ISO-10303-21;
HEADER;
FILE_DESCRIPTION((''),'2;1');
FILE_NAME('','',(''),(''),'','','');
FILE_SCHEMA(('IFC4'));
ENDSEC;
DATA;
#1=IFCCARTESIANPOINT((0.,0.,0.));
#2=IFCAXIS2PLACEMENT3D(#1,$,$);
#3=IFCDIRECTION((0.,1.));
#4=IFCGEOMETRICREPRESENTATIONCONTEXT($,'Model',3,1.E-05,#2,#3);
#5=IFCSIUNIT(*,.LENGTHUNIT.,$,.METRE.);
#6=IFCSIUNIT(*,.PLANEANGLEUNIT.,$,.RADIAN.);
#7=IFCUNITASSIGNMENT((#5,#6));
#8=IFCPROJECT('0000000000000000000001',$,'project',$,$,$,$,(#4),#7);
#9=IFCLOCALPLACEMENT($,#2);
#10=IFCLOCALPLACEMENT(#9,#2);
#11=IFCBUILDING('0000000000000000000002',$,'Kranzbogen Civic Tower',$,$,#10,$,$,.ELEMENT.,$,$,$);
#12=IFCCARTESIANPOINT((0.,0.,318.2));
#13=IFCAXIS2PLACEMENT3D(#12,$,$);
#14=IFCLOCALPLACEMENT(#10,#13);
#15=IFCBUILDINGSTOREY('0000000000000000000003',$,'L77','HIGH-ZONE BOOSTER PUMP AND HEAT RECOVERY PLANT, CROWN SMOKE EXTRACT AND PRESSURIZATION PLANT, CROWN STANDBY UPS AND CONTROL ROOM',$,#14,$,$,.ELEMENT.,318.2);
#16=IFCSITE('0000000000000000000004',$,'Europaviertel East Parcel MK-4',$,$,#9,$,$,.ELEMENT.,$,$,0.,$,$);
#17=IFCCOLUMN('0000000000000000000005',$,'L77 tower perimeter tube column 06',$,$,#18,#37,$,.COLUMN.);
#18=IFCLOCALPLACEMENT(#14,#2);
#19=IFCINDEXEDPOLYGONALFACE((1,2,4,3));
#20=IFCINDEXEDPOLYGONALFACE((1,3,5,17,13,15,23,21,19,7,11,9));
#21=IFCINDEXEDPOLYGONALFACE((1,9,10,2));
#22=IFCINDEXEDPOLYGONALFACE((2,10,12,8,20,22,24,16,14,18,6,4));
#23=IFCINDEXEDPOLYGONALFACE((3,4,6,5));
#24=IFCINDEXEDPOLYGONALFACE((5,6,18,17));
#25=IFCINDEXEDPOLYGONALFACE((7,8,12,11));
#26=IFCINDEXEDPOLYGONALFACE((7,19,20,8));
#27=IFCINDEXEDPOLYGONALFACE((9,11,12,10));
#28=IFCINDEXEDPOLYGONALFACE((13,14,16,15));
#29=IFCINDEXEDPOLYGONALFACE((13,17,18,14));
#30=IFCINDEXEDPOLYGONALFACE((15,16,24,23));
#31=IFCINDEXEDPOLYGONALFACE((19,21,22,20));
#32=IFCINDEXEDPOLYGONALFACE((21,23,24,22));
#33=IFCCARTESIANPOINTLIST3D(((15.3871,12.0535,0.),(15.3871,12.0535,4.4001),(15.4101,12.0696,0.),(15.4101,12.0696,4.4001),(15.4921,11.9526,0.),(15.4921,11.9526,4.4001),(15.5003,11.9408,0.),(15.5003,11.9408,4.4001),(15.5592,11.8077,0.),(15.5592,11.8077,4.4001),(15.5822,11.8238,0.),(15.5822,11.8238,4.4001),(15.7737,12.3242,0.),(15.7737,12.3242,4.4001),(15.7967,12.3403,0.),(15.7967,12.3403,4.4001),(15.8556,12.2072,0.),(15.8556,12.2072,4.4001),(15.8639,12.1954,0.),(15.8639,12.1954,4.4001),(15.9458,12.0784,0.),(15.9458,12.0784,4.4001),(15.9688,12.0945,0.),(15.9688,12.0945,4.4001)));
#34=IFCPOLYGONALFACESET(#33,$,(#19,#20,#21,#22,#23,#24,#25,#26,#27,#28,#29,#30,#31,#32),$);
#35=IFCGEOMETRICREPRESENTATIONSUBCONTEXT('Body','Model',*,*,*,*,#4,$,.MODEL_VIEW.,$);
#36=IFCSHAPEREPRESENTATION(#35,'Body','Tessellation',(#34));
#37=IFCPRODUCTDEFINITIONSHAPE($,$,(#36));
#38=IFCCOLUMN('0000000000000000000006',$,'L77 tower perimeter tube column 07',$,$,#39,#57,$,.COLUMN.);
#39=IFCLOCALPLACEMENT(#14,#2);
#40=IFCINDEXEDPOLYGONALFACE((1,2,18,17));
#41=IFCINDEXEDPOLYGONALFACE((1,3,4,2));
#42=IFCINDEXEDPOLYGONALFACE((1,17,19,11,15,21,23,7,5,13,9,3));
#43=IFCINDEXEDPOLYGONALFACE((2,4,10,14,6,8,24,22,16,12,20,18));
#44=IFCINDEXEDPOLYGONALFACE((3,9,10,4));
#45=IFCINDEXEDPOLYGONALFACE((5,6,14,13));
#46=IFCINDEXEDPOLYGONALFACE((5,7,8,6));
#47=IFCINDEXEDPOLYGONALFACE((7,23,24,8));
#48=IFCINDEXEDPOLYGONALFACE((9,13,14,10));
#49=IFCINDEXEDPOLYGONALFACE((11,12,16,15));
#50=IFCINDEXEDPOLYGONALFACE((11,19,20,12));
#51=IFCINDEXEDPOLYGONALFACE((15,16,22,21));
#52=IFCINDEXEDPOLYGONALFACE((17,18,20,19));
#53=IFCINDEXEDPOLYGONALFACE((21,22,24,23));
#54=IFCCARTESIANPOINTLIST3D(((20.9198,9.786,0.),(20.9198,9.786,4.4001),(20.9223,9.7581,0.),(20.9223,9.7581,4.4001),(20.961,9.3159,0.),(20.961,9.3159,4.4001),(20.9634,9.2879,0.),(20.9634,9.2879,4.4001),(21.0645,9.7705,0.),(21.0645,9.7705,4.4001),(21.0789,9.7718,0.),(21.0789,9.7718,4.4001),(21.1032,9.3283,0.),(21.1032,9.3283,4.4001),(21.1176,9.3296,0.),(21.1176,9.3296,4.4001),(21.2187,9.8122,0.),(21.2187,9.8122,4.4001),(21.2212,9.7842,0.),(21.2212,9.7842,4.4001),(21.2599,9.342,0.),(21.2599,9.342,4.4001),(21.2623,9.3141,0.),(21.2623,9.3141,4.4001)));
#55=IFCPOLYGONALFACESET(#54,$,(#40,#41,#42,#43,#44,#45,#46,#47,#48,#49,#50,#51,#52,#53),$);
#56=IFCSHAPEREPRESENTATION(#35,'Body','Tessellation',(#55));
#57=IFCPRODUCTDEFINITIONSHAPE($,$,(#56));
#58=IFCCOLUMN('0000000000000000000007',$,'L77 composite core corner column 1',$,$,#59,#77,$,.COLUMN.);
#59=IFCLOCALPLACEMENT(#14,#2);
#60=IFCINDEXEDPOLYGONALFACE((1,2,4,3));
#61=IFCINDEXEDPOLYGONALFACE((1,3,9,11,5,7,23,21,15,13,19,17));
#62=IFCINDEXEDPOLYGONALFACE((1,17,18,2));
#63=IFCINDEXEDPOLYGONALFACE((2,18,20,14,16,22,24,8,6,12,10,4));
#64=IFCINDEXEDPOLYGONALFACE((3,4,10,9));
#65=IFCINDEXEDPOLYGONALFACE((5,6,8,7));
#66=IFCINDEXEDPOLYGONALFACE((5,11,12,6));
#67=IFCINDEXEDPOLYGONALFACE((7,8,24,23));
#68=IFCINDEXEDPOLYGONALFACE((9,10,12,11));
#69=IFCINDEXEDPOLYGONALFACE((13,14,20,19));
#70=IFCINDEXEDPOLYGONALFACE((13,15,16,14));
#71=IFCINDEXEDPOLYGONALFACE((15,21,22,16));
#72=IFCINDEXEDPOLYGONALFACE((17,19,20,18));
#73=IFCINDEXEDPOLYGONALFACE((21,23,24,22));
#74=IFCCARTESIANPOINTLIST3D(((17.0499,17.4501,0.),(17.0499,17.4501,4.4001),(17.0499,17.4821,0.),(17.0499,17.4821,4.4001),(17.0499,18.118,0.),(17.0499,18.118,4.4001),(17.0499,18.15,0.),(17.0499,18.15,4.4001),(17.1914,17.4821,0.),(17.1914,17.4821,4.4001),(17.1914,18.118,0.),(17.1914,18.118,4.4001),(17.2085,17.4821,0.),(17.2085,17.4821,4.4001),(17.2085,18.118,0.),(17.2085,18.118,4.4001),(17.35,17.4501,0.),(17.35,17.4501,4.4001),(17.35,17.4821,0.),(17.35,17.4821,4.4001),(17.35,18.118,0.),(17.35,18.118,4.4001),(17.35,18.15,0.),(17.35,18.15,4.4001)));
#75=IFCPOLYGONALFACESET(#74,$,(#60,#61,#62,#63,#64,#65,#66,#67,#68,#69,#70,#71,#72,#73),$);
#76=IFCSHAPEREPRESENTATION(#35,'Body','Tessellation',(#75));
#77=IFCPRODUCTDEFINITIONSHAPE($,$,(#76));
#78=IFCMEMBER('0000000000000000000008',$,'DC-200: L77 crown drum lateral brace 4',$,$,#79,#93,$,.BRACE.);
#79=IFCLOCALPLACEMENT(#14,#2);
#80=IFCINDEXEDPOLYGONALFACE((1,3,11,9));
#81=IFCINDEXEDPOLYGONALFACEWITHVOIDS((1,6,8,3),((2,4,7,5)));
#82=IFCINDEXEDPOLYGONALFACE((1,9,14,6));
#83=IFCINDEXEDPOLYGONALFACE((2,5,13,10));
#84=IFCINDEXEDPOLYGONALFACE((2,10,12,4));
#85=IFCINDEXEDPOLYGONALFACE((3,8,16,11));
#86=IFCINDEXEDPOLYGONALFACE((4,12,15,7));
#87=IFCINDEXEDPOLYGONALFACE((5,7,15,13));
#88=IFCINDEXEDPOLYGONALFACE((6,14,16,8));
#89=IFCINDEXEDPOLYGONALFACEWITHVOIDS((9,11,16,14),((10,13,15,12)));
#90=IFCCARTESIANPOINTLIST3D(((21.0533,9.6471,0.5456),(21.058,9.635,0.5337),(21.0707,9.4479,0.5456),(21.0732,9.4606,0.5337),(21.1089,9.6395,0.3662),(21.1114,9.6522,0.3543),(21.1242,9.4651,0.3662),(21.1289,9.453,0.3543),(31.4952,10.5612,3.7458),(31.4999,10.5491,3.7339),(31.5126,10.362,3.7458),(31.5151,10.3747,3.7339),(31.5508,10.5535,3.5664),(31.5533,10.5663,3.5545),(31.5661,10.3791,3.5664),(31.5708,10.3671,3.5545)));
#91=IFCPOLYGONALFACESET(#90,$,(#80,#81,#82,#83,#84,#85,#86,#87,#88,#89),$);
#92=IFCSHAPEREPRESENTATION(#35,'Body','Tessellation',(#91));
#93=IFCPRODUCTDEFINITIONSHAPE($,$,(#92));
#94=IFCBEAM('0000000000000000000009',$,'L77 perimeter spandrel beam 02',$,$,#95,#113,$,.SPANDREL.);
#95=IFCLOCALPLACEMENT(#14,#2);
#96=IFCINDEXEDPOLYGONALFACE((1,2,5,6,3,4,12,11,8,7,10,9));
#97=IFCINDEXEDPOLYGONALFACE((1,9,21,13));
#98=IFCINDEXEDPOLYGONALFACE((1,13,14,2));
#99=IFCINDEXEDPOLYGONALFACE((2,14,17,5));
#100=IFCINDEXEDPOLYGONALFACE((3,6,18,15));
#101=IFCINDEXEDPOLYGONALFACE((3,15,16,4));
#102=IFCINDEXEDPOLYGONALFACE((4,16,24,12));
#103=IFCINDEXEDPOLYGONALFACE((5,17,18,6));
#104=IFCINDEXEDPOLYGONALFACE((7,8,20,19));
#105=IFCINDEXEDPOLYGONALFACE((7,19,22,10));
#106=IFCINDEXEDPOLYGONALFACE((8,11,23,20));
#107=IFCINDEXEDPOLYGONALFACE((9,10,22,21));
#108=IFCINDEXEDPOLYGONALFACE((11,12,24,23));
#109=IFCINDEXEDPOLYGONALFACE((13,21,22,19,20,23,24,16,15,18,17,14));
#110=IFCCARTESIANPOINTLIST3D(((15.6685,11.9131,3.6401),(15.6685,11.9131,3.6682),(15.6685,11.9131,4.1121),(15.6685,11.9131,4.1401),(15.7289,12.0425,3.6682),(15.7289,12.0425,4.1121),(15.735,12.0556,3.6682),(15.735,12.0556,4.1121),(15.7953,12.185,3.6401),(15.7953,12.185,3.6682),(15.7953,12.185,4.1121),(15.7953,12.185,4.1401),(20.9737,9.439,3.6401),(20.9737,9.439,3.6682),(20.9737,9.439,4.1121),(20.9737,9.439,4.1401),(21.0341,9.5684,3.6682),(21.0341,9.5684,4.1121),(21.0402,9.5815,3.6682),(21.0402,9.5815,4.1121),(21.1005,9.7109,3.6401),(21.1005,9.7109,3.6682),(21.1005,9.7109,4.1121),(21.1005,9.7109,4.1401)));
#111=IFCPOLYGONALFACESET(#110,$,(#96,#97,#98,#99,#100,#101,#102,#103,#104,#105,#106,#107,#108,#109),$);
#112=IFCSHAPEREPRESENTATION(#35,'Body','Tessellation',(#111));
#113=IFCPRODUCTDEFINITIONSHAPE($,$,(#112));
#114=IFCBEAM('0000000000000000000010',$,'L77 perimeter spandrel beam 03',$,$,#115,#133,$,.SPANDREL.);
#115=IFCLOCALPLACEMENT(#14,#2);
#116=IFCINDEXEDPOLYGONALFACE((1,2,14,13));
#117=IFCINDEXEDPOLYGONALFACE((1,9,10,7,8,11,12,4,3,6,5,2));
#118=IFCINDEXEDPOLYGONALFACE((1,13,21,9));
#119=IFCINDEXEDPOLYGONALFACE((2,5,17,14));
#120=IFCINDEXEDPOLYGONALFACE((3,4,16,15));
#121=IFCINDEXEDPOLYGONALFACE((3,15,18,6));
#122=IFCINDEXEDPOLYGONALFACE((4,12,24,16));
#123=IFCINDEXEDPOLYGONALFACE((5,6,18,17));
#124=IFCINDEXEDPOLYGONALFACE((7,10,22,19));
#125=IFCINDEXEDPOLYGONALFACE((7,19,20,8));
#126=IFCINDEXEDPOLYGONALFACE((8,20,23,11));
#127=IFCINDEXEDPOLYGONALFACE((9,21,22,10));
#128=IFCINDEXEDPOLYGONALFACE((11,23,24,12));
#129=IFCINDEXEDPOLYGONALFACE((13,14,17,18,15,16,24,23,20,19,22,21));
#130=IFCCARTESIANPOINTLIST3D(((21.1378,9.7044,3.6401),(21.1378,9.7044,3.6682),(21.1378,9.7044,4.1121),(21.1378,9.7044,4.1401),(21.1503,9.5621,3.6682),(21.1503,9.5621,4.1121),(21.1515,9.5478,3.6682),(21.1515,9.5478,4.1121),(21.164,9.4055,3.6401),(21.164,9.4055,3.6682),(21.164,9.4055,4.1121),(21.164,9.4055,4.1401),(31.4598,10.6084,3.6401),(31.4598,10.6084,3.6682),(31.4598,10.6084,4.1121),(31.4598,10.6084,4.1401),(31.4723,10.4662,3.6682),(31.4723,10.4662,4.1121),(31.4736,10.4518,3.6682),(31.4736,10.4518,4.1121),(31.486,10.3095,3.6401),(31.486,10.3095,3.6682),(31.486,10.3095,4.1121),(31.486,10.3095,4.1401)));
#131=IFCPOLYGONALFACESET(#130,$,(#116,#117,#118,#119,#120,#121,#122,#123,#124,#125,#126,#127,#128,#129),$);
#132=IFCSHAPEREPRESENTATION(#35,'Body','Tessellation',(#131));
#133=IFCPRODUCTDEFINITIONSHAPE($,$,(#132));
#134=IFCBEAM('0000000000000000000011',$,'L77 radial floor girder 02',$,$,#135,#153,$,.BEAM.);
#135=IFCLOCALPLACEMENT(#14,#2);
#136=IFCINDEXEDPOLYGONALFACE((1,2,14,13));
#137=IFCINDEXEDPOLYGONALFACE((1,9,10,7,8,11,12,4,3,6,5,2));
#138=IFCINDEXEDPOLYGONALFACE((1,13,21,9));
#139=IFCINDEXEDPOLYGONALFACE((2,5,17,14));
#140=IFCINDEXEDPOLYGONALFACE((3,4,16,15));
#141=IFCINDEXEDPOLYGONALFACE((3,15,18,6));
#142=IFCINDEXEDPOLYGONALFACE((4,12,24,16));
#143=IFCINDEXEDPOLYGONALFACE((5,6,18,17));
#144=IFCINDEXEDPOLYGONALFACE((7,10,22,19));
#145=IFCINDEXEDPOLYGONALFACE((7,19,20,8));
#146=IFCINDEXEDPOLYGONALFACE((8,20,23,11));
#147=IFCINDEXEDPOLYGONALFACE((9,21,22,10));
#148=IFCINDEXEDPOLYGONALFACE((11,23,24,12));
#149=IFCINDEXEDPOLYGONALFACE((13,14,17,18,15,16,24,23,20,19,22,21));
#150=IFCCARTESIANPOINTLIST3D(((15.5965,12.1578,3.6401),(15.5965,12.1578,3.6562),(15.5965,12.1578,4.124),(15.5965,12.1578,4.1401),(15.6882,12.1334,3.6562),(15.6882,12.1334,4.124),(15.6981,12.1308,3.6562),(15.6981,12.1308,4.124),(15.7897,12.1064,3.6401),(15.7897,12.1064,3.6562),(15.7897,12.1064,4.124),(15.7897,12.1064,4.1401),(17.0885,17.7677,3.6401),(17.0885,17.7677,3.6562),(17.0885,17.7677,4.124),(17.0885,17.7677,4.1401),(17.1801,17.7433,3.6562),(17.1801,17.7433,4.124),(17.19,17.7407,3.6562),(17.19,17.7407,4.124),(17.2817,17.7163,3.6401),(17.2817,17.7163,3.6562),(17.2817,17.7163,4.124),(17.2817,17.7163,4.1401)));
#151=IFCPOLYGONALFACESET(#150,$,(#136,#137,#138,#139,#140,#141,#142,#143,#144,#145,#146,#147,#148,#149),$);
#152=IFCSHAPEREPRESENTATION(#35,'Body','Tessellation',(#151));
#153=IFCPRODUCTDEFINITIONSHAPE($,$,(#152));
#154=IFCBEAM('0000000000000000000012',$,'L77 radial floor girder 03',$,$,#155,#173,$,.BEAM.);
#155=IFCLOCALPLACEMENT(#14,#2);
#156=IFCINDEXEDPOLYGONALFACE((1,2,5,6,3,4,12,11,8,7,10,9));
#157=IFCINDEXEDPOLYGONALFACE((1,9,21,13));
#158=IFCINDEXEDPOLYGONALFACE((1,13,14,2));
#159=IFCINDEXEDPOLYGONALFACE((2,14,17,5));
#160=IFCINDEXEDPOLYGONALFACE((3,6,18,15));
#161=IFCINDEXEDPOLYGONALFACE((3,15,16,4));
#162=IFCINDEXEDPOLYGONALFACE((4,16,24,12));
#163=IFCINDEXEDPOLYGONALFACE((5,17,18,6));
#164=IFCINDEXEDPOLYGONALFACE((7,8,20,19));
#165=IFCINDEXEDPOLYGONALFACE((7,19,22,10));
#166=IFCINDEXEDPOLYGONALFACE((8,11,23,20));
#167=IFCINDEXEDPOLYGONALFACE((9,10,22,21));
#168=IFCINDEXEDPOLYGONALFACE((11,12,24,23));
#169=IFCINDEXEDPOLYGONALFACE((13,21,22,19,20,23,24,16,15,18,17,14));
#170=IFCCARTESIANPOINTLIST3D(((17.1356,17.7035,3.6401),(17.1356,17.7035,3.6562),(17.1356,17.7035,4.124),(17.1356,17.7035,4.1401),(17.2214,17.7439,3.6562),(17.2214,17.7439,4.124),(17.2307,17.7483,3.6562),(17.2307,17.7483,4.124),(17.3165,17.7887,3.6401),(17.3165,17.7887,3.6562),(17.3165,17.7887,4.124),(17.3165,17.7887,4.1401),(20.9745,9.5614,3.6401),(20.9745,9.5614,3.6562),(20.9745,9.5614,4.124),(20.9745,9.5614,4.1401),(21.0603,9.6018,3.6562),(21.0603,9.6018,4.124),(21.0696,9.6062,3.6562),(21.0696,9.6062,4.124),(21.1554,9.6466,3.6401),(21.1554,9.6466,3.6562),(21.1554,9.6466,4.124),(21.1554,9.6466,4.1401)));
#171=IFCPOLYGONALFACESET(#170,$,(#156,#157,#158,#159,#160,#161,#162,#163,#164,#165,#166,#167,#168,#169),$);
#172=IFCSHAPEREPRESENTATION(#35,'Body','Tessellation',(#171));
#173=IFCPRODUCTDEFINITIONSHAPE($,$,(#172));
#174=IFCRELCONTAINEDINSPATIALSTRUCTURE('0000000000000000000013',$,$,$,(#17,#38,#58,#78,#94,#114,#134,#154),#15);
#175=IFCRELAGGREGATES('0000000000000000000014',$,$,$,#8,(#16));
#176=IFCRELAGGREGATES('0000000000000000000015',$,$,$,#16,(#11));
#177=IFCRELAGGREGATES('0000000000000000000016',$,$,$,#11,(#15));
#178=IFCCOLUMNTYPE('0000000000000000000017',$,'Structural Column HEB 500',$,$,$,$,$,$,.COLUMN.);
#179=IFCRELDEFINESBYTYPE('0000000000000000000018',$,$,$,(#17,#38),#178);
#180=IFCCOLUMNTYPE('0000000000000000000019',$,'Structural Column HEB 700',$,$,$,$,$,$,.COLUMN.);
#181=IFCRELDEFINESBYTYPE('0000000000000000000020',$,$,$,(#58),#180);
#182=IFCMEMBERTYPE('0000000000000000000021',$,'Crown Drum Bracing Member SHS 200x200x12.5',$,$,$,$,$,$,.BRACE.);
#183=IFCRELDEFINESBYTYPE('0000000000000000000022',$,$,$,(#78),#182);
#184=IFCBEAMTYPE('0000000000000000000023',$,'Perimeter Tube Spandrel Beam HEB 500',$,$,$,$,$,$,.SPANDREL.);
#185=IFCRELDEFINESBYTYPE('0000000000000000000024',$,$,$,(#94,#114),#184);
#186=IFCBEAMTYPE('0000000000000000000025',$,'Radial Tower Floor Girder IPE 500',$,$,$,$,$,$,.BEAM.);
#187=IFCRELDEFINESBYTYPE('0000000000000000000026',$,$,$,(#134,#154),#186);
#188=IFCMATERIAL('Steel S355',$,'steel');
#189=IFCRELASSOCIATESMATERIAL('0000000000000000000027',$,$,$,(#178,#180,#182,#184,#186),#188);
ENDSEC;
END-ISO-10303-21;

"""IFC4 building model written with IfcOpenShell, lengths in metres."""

from ifc_helpers import new_model, si_unit, direction, frame, origin, origin_2d, place, context, subcontext, project, spatial, hollow_rectangle, i_section, extrude, material, material_profile, profile_set, type_object, element, save


model = new_model("IFC4")

# Units and contexts
model_context = context("Model", 3, precision=1e-05, world=origin(), true_north=direction((0.0, 1.0)))
body_context = subcontext(model_context, "Body", "Model", "MODEL_VIEW")
ifc_project = project(units=[si_unit("LENGTHUNIT", "METRE"), si_unit("PLANEANGLEUNIT", "RADIAN")], contexts=[model_context])

# Site, building, storey
site_placement = place(None, origin())
site = spatial("IfcSite", under=ifc_project, at=site_placement, Name="Europaviertel East Parcel MK-4", CompositionType="ELEMENT", RefElevation=0.0)
building_placement = place(site_placement, origin())
building = spatial("IfcBuilding", under=site, at=building_placement, Name="Kranzbogen Civic Tower", CompositionType="ELEMENT")
storey_placement = place(building_placement, frame((0.0, 0.0, 318.2)))
storey = spatial("IfcBuildingStorey", under=building, at=storey_placement, Name="L77", Description="HIGH-ZONE BOOSTER PUMP AND HEAT RECOVERY PLANT, CROWN SMOKE EXTRACT AND PRESSURIZATION PLANT, CROWN STANDBY UPS AND CONTROL ROOM", CompositionType="ELEMENT", Elevation=318.2)

# Columns
ifc_material_1 = material(Name="Steel S355", Category="steel")
ifc_material_profile_1 = material_profile(ifc_material_1, i_section(OverallWidth=0.3, OverallDepth=0.5, WebThickness=0.0144, FlangeThickness=0.0281, at=origin_2d()), Name="HEB 500")
ifc_profile_set_1 = profile_set([ifc_material_profile_1], Name="Steel S355")
column_type_1 = type_object("IfcColumnType", Name="Structural Column HEB 500", PredefinedType="COLUMN", material=ifc_profile_set_1)
for number, where, z_axis, x_axis, name in (
    (1, (15.678, 12.074, 0.0), (0.0, 0.0, 1.0), (-0.573576, 0.819152, 0.0), "L77 tower perimeter tube column 06"),
    (2, (21.0911, 9.55, 0.0), (0.0, 0.0, 1.0), (0.996195, 0.087156, 0.0), "L77 tower perimeter tube column 07"),
):
    element("IfcColumn", number, at=place(storey_placement, frame(where, z_axis=z_axis, x_axis=x_axis)), inside=storey, type_object=column_type_1, Name=name, PredefinedType="COLUMN", context=body_context, shape_type="SweptSolid", body=[
        extrude(i_section(OverallWidth=0.3, OverallDepth=0.5, WebThickness=0.0144, FlangeThickness=0.0281, at=origin_2d()), origin(), (0.0, 0.0, 1.0), 4.4001),
    ])
ifc_material_profile_2 = material_profile(ifc_material_1, i_section(OverallWidth=0.3, OverallDepth=0.7, WebThickness=0.0171, FlangeThickness=0.032, at=origin_2d()), Name="HEB 700")
ifc_profile_set_2 = profile_set([ifc_material_profile_2], Name="Steel S355")
column_type_2 = type_object("IfcColumnType", Name="Structural Column HEB 700", PredefinedType="COLUMN", material=ifc_profile_set_2)
column_placement = place(storey_placement, frame((17.2, 17.8, 0.0), z_axis=(0.0, 0.0, 1.0), x_axis=(1.0, 0.0, 0.0)))
element("IfcColumn", 3, at=column_placement, inside=storey, type_object=column_type_2, Name="L77 composite core corner column 1", PredefinedType="COLUMN", context=body_context, shape_type="SweptSolid", body=[
    extrude(i_section(OverallWidth=0.3, OverallDepth=0.7, WebThickness=0.0171, FlangeThickness=0.032, at=origin_2d()), origin(), (0.0, 0.0, 1.0), 4.4001),
])

# Member
ifc_material_profile_3 = material_profile(ifc_material_1, hollow_rectangle(XDim=0.2, YDim=0.2, WallThickness=0.0125, at=origin_2d()), Name="SHS 200x200x12.5")
ifc_profile_set_3 = profile_set([ifc_material_profile_3], Name="Steel S355")
member_type = type_object("IfcMemberType", Name="Crown Drum Bracing Member SHS 200x200x12.5", PredefinedType="BRACE", material=ifc_profile_set_3)
member_placement = place(storey_placement, frame((21.0911, 9.55, 0.45), z_axis=(0.952774, 0.083404, 0.292003), x_axis=(-0.087205, 0.99619, 0.0)))
element("IfcMember", 4, at=member_placement, inside=storey, type_object=member_type, Name="DC-200: L77 crown drum lateral brace 4", PredefinedType="BRACE", context=body_context, shape_type="SweptSolid", body=[
    extrude(hollow_rectangle(XDim=0.2, YDim=0.2, WallThickness=0.0125, at=origin_2d()), origin(), (0.0, 0.0, 1.0), 10.9595),
])

# Beams
ifc_material_profile_4 = material_profile(ifc_material_1, i_section(OverallWidth=0.3, OverallDepth=0.5, WebThickness=0.0144, FlangeThickness=0.0281, at=origin_2d()), Name="HEB 500")
ifc_profile_set_4 = profile_set([ifc_material_profile_4], Name="Steel S355")
beam_type_1 = type_object("IfcBeamType", Name="Perimeter Tube Spandrel Beam HEB 500", PredefinedType="SPANDREL", material=ifc_profile_set_4)
beam_1_placement = place(storey_placement, frame((15.7319, 12.0491, 3.8901), z_axis=(0.90629, -0.422657, 0.0), x_axis=(0.422657, 0.90629, 0.0)))
element("IfcBeam", 5, at=beam_1_placement, inside=storey, type_object=beam_type_1, Name="L77 perimeter spandrel beam 02", PredefinedType="SPANDREL", context=body_context, shape_type="SweptSolid", body=[
    extrude(i_section(OverallWidth=0.3, OverallDepth=0.5, WebThickness=0.0144, FlangeThickness=0.0281, at=origin_2d()), origin(), (0.0, 0.0, 1.0), 5.8538),
])
beam_2_placement = place(storey_placement, frame((21.1509, 9.5549, 3.8901), z_axis=(0.996186, 0.087251, 0.0), x_axis=(-0.087251, 0.996186, 0.0)))
element("IfcBeam", 6, at=beam_2_placement, inside=storey, type_object=beam_type_1, Name="L77 perimeter spandrel beam 03", PredefinedType="SPANDREL", context=body_context, shape_type="SweptSolid", body=[
    extrude(i_section(OverallWidth=0.3, OverallDepth=0.5, WebThickness=0.0144, FlangeThickness=0.0281, at=origin_2d()), origin(), (0.0, 0.0, 1.0), 10.3616),
])
ifc_material_profile_5 = material_profile(ifc_material_1, i_section(OverallWidth=0.2, OverallDepth=0.5, WebThickness=0.0103, FlangeThickness=0.0161, at=origin_2d()), Name="IPE 500")
ifc_profile_set_5 = profile_set([ifc_material_profile_5], Name="Steel S355")
beam_type_2 = type_object("IfcBeamType", Name="Radial Tower Floor Girder IPE 500", PredefinedType="BEAM", material=ifc_profile_set_5)
beam_3_placement = place(storey_placement, frame((15.6931, 12.1321, 3.8901), z_axis=(0.257016, 0.966407, 0.0), x_axis=(-0.966407, 0.257016, 0.0)))
element("IfcBeam", 7, at=beam_3_placement, inside=storey, type_object=beam_type_2, Name="L77 radial floor girder 02", PredefinedType="BEAM", context=body_context, shape_type="SweptSolid", body=[
    extrude(i_section(OverallWidth=0.2, OverallDepth=0.5, WebThickness=0.0103, FlangeThickness=0.0161, at=origin_2d()), origin(), (0.0, 0.0, 1.0), 5.8049),
])
beam_4_placement = place(storey_placement, frame((21.0649, 9.604, 3.8901), z_axis=(-0.42646, 0.904506, 0.0), x_axis=(-0.904506, -0.42646, 0.0)))
element("IfcBeam", 8, at=beam_4_placement, inside=storey, type_object=beam_type_2, Name="L77 radial floor girder 03", PredefinedType="BEAM", context=body_context, shape_type="SweptSolid", body=[
    extrude(i_section(OverallWidth=0.2, OverallDepth=0.5, WebThickness=0.0103, FlangeThickness=0.0161, at=origin_2d()), origin(), (0.0, 0.0, 1.0), 9.0017),
])

save(model, "model.ifc")
